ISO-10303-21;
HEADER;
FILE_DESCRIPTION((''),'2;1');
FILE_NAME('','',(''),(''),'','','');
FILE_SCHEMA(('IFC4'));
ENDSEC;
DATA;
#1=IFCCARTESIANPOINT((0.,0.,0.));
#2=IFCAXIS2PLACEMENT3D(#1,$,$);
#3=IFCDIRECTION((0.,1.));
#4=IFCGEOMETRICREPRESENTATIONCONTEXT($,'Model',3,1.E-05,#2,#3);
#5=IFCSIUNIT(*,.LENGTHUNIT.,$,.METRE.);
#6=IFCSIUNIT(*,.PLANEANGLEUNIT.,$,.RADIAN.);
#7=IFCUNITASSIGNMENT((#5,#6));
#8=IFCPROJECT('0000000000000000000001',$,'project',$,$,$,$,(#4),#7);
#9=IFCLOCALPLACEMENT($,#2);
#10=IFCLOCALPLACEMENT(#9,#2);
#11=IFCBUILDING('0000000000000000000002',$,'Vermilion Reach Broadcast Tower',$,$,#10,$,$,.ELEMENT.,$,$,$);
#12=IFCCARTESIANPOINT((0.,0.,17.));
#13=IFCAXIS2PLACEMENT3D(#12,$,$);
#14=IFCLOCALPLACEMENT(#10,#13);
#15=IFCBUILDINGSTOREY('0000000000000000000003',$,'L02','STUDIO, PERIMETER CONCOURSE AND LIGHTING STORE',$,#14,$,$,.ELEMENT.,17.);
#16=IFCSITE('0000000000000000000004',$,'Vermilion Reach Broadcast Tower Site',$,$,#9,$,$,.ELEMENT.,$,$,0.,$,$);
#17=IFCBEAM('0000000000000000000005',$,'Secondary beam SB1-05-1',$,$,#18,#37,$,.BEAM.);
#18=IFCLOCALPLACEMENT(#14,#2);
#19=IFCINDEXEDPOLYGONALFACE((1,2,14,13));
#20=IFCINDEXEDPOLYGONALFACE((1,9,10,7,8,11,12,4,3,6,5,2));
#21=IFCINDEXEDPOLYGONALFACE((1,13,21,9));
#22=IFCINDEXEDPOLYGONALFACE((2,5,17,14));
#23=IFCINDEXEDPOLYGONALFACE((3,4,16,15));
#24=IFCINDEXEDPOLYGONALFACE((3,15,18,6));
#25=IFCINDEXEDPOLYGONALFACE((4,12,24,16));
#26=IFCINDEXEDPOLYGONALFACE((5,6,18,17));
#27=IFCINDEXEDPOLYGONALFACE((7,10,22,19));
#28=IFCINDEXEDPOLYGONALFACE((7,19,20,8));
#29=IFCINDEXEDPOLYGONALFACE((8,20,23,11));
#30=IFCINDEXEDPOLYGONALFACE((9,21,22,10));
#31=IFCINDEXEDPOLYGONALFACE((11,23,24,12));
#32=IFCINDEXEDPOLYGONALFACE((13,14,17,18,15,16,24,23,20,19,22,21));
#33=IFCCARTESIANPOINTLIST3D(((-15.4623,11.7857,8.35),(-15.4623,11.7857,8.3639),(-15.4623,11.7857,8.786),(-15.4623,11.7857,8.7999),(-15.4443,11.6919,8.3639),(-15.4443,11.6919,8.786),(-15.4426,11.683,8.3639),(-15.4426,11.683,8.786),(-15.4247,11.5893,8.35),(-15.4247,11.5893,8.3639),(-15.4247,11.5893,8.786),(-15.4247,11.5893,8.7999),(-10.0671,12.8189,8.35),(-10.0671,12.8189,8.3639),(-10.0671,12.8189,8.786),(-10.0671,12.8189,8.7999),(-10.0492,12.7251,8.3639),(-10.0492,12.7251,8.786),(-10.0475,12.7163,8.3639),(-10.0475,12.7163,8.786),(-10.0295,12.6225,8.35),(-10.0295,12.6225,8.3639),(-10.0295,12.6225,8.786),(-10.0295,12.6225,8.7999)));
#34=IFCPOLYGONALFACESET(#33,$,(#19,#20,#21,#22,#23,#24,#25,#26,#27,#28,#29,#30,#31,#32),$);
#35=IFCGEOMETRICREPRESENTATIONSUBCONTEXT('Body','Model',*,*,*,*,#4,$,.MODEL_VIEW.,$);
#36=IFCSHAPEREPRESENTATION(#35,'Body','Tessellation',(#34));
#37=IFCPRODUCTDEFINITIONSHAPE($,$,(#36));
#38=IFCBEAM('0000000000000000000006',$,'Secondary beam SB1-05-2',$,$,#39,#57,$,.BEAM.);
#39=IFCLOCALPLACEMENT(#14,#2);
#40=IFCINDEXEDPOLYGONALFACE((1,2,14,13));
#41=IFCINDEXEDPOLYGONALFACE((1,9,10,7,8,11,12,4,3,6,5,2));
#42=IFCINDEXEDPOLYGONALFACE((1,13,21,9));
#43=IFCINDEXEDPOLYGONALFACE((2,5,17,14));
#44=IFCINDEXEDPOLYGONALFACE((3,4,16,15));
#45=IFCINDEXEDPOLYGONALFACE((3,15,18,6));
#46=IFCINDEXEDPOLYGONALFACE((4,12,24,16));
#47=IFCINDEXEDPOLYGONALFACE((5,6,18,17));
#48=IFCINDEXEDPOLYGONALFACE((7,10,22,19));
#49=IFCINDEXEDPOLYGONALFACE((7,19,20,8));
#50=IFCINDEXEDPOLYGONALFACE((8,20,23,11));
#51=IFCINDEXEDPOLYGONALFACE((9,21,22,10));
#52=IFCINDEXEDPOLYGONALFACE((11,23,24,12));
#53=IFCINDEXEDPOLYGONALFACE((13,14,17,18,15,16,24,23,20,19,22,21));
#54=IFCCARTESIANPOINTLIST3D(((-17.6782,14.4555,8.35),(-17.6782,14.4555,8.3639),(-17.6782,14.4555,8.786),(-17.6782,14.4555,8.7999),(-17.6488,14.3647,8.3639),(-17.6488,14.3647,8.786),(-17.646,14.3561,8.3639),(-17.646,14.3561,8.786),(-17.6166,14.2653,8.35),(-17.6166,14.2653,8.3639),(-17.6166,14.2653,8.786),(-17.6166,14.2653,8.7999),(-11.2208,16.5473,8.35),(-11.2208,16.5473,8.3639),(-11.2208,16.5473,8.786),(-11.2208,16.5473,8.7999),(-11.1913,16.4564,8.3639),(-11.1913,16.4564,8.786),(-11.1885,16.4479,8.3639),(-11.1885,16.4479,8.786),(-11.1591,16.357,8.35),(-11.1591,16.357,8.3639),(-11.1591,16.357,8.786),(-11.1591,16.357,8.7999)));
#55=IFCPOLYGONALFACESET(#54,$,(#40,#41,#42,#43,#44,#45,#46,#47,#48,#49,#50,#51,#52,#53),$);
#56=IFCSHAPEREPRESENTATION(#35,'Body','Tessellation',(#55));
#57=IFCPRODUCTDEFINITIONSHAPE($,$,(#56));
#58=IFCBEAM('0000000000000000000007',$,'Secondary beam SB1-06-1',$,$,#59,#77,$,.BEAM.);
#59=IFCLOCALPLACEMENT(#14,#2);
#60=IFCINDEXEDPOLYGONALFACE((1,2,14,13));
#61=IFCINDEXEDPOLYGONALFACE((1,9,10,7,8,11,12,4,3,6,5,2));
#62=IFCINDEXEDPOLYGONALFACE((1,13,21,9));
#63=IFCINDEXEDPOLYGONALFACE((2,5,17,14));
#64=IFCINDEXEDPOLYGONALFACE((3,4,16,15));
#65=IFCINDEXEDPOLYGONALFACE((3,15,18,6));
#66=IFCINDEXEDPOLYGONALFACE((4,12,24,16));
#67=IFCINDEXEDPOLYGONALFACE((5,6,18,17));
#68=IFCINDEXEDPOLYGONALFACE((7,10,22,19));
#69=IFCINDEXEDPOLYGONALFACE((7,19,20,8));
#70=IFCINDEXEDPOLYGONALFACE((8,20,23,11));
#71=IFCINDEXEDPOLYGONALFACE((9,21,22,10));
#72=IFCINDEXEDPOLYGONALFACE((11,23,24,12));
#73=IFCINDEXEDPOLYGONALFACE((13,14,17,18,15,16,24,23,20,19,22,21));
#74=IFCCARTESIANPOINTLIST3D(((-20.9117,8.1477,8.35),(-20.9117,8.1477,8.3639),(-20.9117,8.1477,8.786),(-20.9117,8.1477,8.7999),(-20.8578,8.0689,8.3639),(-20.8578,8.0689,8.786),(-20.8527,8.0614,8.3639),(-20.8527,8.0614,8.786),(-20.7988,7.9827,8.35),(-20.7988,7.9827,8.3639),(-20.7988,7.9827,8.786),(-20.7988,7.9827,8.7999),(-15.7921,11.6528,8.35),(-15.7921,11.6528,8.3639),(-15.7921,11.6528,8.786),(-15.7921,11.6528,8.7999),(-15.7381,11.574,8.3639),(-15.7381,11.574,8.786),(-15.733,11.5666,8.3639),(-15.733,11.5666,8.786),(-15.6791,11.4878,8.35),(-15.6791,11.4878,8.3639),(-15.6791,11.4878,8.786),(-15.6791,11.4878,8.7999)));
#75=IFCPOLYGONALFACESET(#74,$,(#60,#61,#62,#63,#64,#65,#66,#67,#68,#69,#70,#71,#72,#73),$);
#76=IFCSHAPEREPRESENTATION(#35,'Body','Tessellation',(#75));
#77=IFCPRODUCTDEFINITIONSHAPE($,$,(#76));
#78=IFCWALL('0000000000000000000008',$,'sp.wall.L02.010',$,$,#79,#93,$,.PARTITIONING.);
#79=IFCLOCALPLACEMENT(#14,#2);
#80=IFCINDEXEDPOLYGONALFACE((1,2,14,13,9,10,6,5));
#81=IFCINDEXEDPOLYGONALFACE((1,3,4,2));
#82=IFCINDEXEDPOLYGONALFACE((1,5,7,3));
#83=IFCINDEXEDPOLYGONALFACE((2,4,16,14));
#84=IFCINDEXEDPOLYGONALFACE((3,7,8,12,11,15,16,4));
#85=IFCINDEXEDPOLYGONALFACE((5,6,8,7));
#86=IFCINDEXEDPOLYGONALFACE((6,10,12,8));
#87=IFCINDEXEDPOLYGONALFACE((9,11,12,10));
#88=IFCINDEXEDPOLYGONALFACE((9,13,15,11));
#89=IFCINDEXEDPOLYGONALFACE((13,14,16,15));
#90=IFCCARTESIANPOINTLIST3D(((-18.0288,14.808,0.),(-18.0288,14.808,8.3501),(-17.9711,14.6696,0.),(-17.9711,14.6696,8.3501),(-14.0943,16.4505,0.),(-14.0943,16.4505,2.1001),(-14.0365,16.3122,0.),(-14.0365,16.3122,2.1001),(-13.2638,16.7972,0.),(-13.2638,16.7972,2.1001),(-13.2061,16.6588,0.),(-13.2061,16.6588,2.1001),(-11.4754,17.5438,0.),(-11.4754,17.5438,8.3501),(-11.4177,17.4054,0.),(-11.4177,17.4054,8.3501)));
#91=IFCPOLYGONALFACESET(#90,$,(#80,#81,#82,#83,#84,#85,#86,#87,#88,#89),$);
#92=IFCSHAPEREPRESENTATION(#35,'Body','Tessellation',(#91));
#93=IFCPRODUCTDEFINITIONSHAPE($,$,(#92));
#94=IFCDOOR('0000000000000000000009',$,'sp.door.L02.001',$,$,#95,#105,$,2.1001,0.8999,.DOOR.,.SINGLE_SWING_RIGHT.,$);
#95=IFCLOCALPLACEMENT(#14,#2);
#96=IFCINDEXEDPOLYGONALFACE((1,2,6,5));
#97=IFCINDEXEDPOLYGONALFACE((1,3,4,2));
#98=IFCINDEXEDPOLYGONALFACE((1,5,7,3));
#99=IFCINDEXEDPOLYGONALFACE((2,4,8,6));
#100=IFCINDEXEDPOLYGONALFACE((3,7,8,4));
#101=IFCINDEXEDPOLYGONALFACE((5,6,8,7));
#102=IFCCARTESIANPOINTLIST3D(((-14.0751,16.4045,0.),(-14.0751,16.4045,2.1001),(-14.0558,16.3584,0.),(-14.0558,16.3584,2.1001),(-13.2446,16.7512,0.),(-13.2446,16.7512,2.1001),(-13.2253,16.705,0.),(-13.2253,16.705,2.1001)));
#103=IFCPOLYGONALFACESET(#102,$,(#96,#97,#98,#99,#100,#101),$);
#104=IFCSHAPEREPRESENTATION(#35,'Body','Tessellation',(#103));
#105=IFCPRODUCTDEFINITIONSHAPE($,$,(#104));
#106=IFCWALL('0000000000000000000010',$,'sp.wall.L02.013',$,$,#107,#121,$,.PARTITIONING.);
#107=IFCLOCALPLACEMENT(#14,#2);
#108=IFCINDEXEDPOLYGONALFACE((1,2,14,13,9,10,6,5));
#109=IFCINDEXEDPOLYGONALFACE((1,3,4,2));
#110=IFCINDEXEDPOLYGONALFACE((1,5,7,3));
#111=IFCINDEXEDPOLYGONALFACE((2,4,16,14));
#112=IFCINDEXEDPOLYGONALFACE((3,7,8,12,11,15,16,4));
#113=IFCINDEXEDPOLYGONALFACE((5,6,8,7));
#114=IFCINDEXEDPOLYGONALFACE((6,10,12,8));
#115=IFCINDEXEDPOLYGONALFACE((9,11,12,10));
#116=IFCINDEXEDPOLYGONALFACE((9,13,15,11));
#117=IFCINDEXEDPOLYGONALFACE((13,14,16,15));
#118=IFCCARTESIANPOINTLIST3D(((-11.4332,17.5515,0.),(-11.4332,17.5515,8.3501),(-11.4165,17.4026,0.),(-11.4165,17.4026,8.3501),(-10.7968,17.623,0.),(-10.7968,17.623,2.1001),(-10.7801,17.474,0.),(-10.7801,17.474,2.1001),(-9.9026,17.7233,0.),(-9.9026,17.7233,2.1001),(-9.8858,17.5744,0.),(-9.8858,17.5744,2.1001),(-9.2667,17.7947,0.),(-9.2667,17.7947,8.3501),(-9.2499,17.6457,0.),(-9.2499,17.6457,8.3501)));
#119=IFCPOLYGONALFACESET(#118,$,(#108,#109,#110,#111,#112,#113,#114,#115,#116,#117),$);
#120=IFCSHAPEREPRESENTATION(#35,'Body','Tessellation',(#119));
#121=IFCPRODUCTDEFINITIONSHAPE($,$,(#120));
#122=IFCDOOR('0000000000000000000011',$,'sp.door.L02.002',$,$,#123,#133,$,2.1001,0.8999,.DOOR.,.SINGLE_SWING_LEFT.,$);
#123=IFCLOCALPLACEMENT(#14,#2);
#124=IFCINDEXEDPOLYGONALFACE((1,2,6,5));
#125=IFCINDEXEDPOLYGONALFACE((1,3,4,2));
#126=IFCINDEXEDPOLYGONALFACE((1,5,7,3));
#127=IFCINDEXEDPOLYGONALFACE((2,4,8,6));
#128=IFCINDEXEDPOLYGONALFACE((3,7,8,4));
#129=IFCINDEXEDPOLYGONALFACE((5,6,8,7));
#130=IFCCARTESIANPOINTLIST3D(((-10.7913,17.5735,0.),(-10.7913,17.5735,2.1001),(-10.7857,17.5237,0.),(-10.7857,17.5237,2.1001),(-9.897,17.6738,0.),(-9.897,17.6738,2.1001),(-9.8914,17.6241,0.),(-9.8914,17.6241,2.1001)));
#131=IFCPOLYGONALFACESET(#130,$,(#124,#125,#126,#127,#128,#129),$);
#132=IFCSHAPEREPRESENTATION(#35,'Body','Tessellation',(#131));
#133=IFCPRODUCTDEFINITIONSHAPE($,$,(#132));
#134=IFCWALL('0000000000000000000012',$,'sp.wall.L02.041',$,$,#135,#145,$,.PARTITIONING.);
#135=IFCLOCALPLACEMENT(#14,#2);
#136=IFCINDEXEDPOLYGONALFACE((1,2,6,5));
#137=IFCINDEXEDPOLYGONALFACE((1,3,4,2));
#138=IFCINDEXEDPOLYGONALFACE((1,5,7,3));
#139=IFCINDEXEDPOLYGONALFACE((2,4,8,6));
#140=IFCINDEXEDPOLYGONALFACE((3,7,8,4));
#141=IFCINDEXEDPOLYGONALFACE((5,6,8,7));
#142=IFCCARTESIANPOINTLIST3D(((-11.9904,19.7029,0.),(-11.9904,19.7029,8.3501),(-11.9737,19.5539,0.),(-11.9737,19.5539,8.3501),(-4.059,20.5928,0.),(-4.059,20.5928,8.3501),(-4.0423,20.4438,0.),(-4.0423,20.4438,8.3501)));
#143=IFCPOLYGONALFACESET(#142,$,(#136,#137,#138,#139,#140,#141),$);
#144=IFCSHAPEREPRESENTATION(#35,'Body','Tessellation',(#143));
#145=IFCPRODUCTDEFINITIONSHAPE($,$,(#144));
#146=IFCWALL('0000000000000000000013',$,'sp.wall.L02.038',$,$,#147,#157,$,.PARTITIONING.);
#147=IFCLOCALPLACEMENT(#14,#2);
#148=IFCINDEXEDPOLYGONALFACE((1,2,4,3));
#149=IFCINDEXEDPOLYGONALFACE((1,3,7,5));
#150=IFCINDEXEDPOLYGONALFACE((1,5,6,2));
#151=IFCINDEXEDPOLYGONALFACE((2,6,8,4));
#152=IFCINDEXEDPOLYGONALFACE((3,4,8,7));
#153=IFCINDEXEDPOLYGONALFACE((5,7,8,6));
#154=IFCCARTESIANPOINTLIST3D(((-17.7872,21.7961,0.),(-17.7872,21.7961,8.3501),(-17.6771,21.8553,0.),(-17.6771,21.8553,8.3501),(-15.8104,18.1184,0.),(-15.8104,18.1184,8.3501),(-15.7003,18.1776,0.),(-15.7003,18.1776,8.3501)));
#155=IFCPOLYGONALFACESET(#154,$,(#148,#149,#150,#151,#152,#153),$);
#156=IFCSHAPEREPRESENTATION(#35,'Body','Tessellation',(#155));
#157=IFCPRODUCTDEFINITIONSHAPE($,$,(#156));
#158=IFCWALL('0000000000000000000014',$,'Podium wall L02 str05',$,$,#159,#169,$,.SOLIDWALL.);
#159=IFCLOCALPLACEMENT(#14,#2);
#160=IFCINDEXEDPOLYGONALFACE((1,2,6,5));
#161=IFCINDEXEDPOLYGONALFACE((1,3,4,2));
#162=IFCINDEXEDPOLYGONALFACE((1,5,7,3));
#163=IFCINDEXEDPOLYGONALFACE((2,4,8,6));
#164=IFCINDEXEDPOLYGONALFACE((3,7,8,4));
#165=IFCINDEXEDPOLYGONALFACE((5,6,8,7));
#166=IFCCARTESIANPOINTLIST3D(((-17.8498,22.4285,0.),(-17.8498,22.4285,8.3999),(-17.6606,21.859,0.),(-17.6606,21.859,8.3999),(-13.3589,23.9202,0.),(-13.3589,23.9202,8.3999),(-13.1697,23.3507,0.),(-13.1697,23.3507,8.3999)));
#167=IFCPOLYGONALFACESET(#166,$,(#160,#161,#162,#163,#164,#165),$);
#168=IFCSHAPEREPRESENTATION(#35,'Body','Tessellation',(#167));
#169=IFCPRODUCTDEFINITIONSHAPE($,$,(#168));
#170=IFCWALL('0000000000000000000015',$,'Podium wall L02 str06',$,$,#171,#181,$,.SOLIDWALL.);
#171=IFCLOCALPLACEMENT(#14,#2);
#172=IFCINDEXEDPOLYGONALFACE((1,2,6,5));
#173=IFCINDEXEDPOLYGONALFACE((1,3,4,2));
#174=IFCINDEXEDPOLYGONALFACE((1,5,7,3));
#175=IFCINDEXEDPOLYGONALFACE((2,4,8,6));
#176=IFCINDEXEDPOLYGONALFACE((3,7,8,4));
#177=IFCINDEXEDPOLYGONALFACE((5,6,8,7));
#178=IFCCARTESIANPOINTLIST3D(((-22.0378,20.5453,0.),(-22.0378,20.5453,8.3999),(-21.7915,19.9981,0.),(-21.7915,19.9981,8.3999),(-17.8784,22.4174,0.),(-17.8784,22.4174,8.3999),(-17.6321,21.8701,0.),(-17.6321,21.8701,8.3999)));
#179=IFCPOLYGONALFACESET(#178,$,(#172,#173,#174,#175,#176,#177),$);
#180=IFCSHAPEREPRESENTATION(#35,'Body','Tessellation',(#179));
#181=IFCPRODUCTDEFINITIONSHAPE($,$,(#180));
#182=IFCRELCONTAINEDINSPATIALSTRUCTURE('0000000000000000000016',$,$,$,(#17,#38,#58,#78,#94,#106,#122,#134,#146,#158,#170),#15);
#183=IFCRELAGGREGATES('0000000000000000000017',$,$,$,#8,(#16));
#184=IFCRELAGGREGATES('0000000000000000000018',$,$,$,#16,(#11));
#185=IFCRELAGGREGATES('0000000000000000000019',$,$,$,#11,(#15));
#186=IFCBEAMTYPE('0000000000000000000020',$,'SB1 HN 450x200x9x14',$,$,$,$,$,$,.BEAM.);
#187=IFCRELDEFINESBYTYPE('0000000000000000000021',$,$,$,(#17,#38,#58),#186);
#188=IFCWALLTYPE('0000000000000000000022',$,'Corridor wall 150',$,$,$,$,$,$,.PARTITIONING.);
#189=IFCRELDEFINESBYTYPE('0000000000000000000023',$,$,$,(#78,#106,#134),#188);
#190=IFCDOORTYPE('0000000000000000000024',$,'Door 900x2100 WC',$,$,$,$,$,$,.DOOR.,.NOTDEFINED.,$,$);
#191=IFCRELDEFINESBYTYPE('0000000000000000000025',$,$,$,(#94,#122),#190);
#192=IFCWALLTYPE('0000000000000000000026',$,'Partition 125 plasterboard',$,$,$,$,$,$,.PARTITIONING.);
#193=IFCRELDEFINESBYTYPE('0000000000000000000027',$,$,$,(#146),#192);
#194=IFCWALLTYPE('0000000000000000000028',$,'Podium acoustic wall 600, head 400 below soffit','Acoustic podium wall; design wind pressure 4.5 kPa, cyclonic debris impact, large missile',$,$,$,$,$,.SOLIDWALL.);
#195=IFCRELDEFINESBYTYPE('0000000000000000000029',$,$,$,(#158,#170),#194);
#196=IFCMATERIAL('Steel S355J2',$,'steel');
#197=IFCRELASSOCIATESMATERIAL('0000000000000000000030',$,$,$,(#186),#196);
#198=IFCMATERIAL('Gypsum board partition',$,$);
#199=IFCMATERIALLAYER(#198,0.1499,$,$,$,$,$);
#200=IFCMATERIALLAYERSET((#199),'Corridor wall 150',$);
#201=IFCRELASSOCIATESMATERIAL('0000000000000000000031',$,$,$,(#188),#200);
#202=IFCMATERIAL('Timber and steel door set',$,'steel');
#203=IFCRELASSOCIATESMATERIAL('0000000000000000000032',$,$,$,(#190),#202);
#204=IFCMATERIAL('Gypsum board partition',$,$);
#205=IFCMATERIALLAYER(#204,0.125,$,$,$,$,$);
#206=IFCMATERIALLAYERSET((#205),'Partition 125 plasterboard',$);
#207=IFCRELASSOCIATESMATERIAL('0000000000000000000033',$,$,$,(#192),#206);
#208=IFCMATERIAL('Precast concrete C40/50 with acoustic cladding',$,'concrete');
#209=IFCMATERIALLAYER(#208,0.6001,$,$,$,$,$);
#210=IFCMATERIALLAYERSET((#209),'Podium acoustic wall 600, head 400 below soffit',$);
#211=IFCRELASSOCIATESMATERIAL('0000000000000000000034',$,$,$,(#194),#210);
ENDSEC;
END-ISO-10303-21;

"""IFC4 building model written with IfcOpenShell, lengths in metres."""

from ifc_helpers import new_model, si_unit, direction, frame, frame_2d, origin, origin_2d, place, context, subcontext, project, spatial, rectangle, i_section, extrude, material, layer, layer_set, material_profile, profile_set, type_object, element, fill, save


model = new_model("IFC4")

# Units and contexts
model_context = context("Model", 3, precision=1e-05, world=origin(), true_north=direction((0.0, 1.0)))
body_context = subcontext(model_context, "Body", "Model", "MODEL_VIEW")
ifc_project = project(units=[si_unit("LENGTHUNIT", "METRE"), si_unit("PLANEANGLEUNIT", "RADIAN")], contexts=[model_context])

# Site, building, storey
site_placement = place(None, origin())
site = spatial("IfcSite", under=ifc_project, at=site_placement, Name="Vermilion Reach Broadcast Tower Site", CompositionType="ELEMENT", RefElevation=0.0)
building_placement = place(site_placement, origin())
building = spatial("IfcBuilding", under=site, at=building_placement, Name="Vermilion Reach Broadcast Tower", CompositionType="ELEMENT")
storey_placement = place(building_placement, frame((0.0, 0.0, 17.0)))
storey = spatial("IfcBuildingStorey", under=building, at=storey_placement, Name="L02", Description="STUDIO, PERIMETER CONCOURSE AND LIGHTING STORE", CompositionType="ELEMENT", Elevation=17.0)

# Beams
ifc_material_1 = material(Name="Steel S355J2", Category="steel")
ifc_material_profile_1 = material_profile(ifc_material_1, i_section(OverallWidth=0.2, OverallDepth=0.45, WebThickness=0.009, FlangeThickness=0.0139, at=origin_2d()), Name="S355J2 HN 450x200x9x14")
ifc_profile_set_1 = profile_set([ifc_material_profile_1], Name="Steel S355J2")
beam_type_1 = type_object("IfcBeamType", Name="SB1 HN 450x200x9x14", PredefinedType="BEAM", material=ifc_profile_set_1)
beam_1_placement = place(storey_placement, frame((-10.0483, 12.7207, 8.575), z_axis=(-0.982151, -0.188092, 0.0), x_axis=(0.188092, -0.982151, 0.0)))
element("IfcBeam", 1, at=beam_1_placement, inside=storey, type_object=beam_type_1, Name="Secondary beam SB1-05-1", PredefinedType="BEAM", context=body_context, shape_type="SweptSolid", body=[
    extrude(i_section(OverallWidth=0.2, OverallDepth=0.45, WebThickness=0.009, FlangeThickness=0.0139, at=origin_2d()), origin(), (0.0, 0.0, 1.0), 5.4932),
])
beam_2_placement = place(storey_placement, frame((-11.1899, 16.4521, 8.575), z_axis=(-0.951332, -0.308167, 0.0), x_axis=(0.308167, -0.951332, 0.0)))
element("IfcBeam", 2, at=beam_2_placement, inside=storey, type_object=beam_type_1, Name="Secondary beam SB1-05-2", PredefinedType="BEAM", context=body_context, shape_type="SweptSolid", body=[
    extrude(i_section(OverallWidth=0.2, OverallDepth=0.45, WebThickness=0.009, FlangeThickness=0.0139, at=origin_2d()), origin(), (0.0, 0.0, 1.0), 6.7878),
])
beam_3_placement = place(storey_placement, frame((-15.7356, 11.5703, 8.575), z_axis=(-0.82514, -0.564928, 0.0), x_axis=(0.564928, -0.82514, 0.0)))
element("IfcBeam", 3, at=beam_3_placement, inside=storey, type_object=beam_type_1, Name="Secondary beam SB1-06-1", PredefinedType="BEAM", context=body_context, shape_type="SweptSolid", body=[
    extrude(i_section(OverallWidth=0.2, OverallDepth=0.45, WebThickness=0.009, FlangeThickness=0.0139, at=origin_2d()), origin(), (0.0, 0.0, 1.0), 6.2046),
])

# Walls, openings, doors
ifc_material_2 = material(Name="Gypsum board partition")
ifc_layer_1 = layer(ifc_material_2, 0.1499)
ifc_layer_set_1 = layer_set([ifc_layer_1], Name="Corridor wall 150")
wall_type_1 = type_object("IfcWallType", Name="Corridor wall 150", PredefinedType="PARTITIONING", material=ifc_layer_set_1)
wall_1_placement = place(storey_placement, frame((-11.4465, 17.4746, 0.0), z_axis=(0.0, 0.0, 1.0), x_axis=(-0.922815, -0.385243, 0.0)))
wall_1 = element("IfcWall", 4, at=wall_1_placement, inside=storey, type_object=wall_type_1, Name="sp.wall.L02.010", PredefinedType="PARTITIONING", context=body_context, shape_type="SweptSolid", body=[
    extrude(rectangle(XDim=7.1016, YDim=0.1499, at=frame_2d((3.5508, 0.0))), origin(), (0.0, 0.0, 1.0), 8.3501),
])
opening_1_placement = place(wall_1_placement, frame((1.938, 0.0, 0.0)))
opening_1 = element("IfcOpeningElement", 5, at=opening_1_placement, cuts=wall_1, PredefinedType="OPENING", context=body_context, shape_type="SweptSolid", body=[
    extrude(rectangle(XDim=0.8999, YDim=2.1001, at=frame_2d((0.45, 1.05))), frame((0.0, 0.085, 0.0), z_axis=(0.0, -1.0, 0.0), x_axis=(1.0, 0.0, 0.0)), (0.0, 0.0, 1.0), 0.1699),
])
ifc_material_3 = material(Name="Timber and steel door set", Category="steel")
door_type = type_object("IfcDoorType", Name="Door 900x2100 WC", OperationType="NOTDEFINED", PredefinedType="DOOR", material=ifc_material_3)
door_1_placement = place(opening_1_placement, origin())
door_1 = element("IfcDoor", 6, at=door_1_placement, inside=storey, type_object=door_type, Name="sp.door.L02.001", OperationType="SINGLE_SWING_RIGHT", OverallHeight=2.1001, OverallWidth=0.8999, PredefinedType="DOOR", context=body_context, shape_type="SweptSolid", body=[
    extrude(rectangle(XDim=0.8999, YDim=2.1001, at=frame_2d((0.45, 1.05))), frame((0.0, 0.0249, 0.0), z_axis=(0.0, -1.0, 0.0), x_axis=(1.0, 0.0, 0.0)), (0.0, 0.0, 1.0), 0.05),
])
fill(opening_1, door_1)
wall_2_placement = place(storey_placement, frame((-9.2583, 17.7202, 0.0), z_axis=(0.0, 0.0, 1.0), x_axis=(-0.99376, -0.111538, 0.0)))
wall_2 = element("IfcWall", 7, at=wall_2_placement, inside=storey, type_object=wall_type_1, Name="sp.wall.L02.013", PredefinedType="PARTITIONING", context=body_context, shape_type="SweptSolid", body=[
    extrude(rectangle(XDim=2.1802, YDim=0.1499, at=frame_2d((1.0901, 0.0))), origin(), (0.0, 0.0, 1.0), 8.3501),
])
opening_2_placement = place(wall_2_placement, frame((0.6399, 0.0, 0.0)))
opening_2 = element("IfcOpeningElement", 8, at=opening_2_placement, cuts=wall_2, PredefinedType="OPENING", context=body_context, shape_type="SweptSolid", body=[
    extrude(rectangle(XDim=0.8999, YDim=2.1001, at=frame_2d((0.45, 1.05))), frame((0.0, 0.085, 0.0), z_axis=(0.0, -1.0, 0.0), x_axis=(1.0, 0.0, 0.0)), (0.0, 0.0, 1.0), 0.1699),
])
door_2_placement = place(opening_2_placement, origin())
door_2 = element("IfcDoor", 9, at=door_2_placement, inside=storey, type_object=door_type, Name="sp.door.L02.002", OperationType="SINGLE_SWING_LEFT", OverallHeight=2.1001, OverallWidth=0.8999, PredefinedType="DOOR", context=body_context, shape_type="SweptSolid", body=[
    extrude(rectangle(XDim=0.8999, YDim=2.1001, at=frame_2d((0.45, 1.05))), frame((0.0, 0.0249, 0.0), z_axis=(0.0, -1.0, 0.0), x_axis=(1.0, 0.0, 0.0)), (0.0, 0.0, 1.0), 0.05),
])
fill(opening_2, door_2)

# Walls
wall_3_placement = place(storey_placement, frame((-11.9822, 19.6284, 0.0), z_axis=(0.0, 0.0, 1.0), x_axis=(0.993765, 0.111499, 0.0)))
element("IfcWall", 10, at=wall_3_placement, inside=storey, type_object=wall_type_1, Name="sp.wall.L02.041", PredefinedType="PARTITIONING", context=body_context, shape_type="SweptSolid", body=[
    extrude(rectangle(XDim=7.9812, YDim=0.1499, at=frame_2d((3.9907, 0.0))), origin(), (0.0, 0.0, 1.0), 8.3501),
])
ifc_material_4 = material(Name="Gypsum board partition")
ifc_layer_2 = layer(ifc_material_4, 0.125)
ifc_layer_set_2 = layer_set([ifc_layer_2], Name="Partition 125 plasterboard")
wall_type_2 = type_object("IfcWallType", Name="Partition 125 plasterboard", PredefinedType="PARTITIONING", material=ifc_layer_set_2)
wall_4_placement = place(storey_placement, frame((-17.7322, 21.8257, 0.0), z_axis=(0.0, 0.0, 1.0), x_axis=(0.473448, -0.880822, 0.0)))
element("IfcWall", 11, at=wall_4_placement, inside=storey, type_object=wall_type_2, Name="sp.wall.L02.038", PredefinedType="PARTITIONING", context=body_context, shape_type="SweptSolid", body=[
    extrude(rectangle(XDim=4.1753, YDim=0.125, at=frame_2d((2.0876, 0.0))), origin(), (0.0, 0.0, 1.0), 8.3501),
])
ifc_material_5 = material(Name="Precast concrete C40/50 with acoustic cladding", Category="concrete")
ifc_layer_3 = layer(ifc_material_5, 0.6001)
ifc_layer_set_3 = layer_set([ifc_layer_3], Name="Podium acoustic wall 600, head 400 below soffit")
wall_type_3 = type_object("IfcWallType", Name="Podium acoustic wall 600, head 400 below soffit", Description="Acoustic podium wall; design wind pressure 4.5 kPa, cyclonic debris impact, large missile", PredefinedType="SOLIDWALL", material=ifc_layer_set_3)
wall_5_placement = place(storey_placement, frame((-13.2642, 23.6355, 0.0), z_axis=(0.0, 0.0, 1.0), x_axis=(-0.949018, -0.315222, 0.0)))
element("IfcWall", 12, at=wall_5_placement, inside=storey, type_object=wall_type_3, Name="Podium wall L02 str05", PredefinedType="SOLIDWALL", context=body_context, shape_type="SweptSolid", body=[
    extrude(rectangle(XDim=4.7322, YDim=0.6001, at=frame_2d((2.3662, 0.0))), origin(), (0.0, 0.0, 1.0), 8.3999),
])
wall_6_placement = place(storey_placement, frame((-17.7551, 22.1438, 0.0), z_axis=(0.0, 0.0, 1.0), x_axis=(-0.911894, -0.410425, 0.0)))
element("IfcWall", 13, at=wall_6_placement, inside=storey, type_object=wall_type_3, Name="Podium wall L02 str06", PredefinedType="SOLIDWALL", context=body_context, shape_type="SweptSolid", body=[
    extrude(rectangle(XDim=4.5613, YDim=0.6001, at=frame_2d((2.2808, 0.0))), origin(), (0.0, 0.0, 1.0), 8.3999),
])

save(model, "model.ifc")
